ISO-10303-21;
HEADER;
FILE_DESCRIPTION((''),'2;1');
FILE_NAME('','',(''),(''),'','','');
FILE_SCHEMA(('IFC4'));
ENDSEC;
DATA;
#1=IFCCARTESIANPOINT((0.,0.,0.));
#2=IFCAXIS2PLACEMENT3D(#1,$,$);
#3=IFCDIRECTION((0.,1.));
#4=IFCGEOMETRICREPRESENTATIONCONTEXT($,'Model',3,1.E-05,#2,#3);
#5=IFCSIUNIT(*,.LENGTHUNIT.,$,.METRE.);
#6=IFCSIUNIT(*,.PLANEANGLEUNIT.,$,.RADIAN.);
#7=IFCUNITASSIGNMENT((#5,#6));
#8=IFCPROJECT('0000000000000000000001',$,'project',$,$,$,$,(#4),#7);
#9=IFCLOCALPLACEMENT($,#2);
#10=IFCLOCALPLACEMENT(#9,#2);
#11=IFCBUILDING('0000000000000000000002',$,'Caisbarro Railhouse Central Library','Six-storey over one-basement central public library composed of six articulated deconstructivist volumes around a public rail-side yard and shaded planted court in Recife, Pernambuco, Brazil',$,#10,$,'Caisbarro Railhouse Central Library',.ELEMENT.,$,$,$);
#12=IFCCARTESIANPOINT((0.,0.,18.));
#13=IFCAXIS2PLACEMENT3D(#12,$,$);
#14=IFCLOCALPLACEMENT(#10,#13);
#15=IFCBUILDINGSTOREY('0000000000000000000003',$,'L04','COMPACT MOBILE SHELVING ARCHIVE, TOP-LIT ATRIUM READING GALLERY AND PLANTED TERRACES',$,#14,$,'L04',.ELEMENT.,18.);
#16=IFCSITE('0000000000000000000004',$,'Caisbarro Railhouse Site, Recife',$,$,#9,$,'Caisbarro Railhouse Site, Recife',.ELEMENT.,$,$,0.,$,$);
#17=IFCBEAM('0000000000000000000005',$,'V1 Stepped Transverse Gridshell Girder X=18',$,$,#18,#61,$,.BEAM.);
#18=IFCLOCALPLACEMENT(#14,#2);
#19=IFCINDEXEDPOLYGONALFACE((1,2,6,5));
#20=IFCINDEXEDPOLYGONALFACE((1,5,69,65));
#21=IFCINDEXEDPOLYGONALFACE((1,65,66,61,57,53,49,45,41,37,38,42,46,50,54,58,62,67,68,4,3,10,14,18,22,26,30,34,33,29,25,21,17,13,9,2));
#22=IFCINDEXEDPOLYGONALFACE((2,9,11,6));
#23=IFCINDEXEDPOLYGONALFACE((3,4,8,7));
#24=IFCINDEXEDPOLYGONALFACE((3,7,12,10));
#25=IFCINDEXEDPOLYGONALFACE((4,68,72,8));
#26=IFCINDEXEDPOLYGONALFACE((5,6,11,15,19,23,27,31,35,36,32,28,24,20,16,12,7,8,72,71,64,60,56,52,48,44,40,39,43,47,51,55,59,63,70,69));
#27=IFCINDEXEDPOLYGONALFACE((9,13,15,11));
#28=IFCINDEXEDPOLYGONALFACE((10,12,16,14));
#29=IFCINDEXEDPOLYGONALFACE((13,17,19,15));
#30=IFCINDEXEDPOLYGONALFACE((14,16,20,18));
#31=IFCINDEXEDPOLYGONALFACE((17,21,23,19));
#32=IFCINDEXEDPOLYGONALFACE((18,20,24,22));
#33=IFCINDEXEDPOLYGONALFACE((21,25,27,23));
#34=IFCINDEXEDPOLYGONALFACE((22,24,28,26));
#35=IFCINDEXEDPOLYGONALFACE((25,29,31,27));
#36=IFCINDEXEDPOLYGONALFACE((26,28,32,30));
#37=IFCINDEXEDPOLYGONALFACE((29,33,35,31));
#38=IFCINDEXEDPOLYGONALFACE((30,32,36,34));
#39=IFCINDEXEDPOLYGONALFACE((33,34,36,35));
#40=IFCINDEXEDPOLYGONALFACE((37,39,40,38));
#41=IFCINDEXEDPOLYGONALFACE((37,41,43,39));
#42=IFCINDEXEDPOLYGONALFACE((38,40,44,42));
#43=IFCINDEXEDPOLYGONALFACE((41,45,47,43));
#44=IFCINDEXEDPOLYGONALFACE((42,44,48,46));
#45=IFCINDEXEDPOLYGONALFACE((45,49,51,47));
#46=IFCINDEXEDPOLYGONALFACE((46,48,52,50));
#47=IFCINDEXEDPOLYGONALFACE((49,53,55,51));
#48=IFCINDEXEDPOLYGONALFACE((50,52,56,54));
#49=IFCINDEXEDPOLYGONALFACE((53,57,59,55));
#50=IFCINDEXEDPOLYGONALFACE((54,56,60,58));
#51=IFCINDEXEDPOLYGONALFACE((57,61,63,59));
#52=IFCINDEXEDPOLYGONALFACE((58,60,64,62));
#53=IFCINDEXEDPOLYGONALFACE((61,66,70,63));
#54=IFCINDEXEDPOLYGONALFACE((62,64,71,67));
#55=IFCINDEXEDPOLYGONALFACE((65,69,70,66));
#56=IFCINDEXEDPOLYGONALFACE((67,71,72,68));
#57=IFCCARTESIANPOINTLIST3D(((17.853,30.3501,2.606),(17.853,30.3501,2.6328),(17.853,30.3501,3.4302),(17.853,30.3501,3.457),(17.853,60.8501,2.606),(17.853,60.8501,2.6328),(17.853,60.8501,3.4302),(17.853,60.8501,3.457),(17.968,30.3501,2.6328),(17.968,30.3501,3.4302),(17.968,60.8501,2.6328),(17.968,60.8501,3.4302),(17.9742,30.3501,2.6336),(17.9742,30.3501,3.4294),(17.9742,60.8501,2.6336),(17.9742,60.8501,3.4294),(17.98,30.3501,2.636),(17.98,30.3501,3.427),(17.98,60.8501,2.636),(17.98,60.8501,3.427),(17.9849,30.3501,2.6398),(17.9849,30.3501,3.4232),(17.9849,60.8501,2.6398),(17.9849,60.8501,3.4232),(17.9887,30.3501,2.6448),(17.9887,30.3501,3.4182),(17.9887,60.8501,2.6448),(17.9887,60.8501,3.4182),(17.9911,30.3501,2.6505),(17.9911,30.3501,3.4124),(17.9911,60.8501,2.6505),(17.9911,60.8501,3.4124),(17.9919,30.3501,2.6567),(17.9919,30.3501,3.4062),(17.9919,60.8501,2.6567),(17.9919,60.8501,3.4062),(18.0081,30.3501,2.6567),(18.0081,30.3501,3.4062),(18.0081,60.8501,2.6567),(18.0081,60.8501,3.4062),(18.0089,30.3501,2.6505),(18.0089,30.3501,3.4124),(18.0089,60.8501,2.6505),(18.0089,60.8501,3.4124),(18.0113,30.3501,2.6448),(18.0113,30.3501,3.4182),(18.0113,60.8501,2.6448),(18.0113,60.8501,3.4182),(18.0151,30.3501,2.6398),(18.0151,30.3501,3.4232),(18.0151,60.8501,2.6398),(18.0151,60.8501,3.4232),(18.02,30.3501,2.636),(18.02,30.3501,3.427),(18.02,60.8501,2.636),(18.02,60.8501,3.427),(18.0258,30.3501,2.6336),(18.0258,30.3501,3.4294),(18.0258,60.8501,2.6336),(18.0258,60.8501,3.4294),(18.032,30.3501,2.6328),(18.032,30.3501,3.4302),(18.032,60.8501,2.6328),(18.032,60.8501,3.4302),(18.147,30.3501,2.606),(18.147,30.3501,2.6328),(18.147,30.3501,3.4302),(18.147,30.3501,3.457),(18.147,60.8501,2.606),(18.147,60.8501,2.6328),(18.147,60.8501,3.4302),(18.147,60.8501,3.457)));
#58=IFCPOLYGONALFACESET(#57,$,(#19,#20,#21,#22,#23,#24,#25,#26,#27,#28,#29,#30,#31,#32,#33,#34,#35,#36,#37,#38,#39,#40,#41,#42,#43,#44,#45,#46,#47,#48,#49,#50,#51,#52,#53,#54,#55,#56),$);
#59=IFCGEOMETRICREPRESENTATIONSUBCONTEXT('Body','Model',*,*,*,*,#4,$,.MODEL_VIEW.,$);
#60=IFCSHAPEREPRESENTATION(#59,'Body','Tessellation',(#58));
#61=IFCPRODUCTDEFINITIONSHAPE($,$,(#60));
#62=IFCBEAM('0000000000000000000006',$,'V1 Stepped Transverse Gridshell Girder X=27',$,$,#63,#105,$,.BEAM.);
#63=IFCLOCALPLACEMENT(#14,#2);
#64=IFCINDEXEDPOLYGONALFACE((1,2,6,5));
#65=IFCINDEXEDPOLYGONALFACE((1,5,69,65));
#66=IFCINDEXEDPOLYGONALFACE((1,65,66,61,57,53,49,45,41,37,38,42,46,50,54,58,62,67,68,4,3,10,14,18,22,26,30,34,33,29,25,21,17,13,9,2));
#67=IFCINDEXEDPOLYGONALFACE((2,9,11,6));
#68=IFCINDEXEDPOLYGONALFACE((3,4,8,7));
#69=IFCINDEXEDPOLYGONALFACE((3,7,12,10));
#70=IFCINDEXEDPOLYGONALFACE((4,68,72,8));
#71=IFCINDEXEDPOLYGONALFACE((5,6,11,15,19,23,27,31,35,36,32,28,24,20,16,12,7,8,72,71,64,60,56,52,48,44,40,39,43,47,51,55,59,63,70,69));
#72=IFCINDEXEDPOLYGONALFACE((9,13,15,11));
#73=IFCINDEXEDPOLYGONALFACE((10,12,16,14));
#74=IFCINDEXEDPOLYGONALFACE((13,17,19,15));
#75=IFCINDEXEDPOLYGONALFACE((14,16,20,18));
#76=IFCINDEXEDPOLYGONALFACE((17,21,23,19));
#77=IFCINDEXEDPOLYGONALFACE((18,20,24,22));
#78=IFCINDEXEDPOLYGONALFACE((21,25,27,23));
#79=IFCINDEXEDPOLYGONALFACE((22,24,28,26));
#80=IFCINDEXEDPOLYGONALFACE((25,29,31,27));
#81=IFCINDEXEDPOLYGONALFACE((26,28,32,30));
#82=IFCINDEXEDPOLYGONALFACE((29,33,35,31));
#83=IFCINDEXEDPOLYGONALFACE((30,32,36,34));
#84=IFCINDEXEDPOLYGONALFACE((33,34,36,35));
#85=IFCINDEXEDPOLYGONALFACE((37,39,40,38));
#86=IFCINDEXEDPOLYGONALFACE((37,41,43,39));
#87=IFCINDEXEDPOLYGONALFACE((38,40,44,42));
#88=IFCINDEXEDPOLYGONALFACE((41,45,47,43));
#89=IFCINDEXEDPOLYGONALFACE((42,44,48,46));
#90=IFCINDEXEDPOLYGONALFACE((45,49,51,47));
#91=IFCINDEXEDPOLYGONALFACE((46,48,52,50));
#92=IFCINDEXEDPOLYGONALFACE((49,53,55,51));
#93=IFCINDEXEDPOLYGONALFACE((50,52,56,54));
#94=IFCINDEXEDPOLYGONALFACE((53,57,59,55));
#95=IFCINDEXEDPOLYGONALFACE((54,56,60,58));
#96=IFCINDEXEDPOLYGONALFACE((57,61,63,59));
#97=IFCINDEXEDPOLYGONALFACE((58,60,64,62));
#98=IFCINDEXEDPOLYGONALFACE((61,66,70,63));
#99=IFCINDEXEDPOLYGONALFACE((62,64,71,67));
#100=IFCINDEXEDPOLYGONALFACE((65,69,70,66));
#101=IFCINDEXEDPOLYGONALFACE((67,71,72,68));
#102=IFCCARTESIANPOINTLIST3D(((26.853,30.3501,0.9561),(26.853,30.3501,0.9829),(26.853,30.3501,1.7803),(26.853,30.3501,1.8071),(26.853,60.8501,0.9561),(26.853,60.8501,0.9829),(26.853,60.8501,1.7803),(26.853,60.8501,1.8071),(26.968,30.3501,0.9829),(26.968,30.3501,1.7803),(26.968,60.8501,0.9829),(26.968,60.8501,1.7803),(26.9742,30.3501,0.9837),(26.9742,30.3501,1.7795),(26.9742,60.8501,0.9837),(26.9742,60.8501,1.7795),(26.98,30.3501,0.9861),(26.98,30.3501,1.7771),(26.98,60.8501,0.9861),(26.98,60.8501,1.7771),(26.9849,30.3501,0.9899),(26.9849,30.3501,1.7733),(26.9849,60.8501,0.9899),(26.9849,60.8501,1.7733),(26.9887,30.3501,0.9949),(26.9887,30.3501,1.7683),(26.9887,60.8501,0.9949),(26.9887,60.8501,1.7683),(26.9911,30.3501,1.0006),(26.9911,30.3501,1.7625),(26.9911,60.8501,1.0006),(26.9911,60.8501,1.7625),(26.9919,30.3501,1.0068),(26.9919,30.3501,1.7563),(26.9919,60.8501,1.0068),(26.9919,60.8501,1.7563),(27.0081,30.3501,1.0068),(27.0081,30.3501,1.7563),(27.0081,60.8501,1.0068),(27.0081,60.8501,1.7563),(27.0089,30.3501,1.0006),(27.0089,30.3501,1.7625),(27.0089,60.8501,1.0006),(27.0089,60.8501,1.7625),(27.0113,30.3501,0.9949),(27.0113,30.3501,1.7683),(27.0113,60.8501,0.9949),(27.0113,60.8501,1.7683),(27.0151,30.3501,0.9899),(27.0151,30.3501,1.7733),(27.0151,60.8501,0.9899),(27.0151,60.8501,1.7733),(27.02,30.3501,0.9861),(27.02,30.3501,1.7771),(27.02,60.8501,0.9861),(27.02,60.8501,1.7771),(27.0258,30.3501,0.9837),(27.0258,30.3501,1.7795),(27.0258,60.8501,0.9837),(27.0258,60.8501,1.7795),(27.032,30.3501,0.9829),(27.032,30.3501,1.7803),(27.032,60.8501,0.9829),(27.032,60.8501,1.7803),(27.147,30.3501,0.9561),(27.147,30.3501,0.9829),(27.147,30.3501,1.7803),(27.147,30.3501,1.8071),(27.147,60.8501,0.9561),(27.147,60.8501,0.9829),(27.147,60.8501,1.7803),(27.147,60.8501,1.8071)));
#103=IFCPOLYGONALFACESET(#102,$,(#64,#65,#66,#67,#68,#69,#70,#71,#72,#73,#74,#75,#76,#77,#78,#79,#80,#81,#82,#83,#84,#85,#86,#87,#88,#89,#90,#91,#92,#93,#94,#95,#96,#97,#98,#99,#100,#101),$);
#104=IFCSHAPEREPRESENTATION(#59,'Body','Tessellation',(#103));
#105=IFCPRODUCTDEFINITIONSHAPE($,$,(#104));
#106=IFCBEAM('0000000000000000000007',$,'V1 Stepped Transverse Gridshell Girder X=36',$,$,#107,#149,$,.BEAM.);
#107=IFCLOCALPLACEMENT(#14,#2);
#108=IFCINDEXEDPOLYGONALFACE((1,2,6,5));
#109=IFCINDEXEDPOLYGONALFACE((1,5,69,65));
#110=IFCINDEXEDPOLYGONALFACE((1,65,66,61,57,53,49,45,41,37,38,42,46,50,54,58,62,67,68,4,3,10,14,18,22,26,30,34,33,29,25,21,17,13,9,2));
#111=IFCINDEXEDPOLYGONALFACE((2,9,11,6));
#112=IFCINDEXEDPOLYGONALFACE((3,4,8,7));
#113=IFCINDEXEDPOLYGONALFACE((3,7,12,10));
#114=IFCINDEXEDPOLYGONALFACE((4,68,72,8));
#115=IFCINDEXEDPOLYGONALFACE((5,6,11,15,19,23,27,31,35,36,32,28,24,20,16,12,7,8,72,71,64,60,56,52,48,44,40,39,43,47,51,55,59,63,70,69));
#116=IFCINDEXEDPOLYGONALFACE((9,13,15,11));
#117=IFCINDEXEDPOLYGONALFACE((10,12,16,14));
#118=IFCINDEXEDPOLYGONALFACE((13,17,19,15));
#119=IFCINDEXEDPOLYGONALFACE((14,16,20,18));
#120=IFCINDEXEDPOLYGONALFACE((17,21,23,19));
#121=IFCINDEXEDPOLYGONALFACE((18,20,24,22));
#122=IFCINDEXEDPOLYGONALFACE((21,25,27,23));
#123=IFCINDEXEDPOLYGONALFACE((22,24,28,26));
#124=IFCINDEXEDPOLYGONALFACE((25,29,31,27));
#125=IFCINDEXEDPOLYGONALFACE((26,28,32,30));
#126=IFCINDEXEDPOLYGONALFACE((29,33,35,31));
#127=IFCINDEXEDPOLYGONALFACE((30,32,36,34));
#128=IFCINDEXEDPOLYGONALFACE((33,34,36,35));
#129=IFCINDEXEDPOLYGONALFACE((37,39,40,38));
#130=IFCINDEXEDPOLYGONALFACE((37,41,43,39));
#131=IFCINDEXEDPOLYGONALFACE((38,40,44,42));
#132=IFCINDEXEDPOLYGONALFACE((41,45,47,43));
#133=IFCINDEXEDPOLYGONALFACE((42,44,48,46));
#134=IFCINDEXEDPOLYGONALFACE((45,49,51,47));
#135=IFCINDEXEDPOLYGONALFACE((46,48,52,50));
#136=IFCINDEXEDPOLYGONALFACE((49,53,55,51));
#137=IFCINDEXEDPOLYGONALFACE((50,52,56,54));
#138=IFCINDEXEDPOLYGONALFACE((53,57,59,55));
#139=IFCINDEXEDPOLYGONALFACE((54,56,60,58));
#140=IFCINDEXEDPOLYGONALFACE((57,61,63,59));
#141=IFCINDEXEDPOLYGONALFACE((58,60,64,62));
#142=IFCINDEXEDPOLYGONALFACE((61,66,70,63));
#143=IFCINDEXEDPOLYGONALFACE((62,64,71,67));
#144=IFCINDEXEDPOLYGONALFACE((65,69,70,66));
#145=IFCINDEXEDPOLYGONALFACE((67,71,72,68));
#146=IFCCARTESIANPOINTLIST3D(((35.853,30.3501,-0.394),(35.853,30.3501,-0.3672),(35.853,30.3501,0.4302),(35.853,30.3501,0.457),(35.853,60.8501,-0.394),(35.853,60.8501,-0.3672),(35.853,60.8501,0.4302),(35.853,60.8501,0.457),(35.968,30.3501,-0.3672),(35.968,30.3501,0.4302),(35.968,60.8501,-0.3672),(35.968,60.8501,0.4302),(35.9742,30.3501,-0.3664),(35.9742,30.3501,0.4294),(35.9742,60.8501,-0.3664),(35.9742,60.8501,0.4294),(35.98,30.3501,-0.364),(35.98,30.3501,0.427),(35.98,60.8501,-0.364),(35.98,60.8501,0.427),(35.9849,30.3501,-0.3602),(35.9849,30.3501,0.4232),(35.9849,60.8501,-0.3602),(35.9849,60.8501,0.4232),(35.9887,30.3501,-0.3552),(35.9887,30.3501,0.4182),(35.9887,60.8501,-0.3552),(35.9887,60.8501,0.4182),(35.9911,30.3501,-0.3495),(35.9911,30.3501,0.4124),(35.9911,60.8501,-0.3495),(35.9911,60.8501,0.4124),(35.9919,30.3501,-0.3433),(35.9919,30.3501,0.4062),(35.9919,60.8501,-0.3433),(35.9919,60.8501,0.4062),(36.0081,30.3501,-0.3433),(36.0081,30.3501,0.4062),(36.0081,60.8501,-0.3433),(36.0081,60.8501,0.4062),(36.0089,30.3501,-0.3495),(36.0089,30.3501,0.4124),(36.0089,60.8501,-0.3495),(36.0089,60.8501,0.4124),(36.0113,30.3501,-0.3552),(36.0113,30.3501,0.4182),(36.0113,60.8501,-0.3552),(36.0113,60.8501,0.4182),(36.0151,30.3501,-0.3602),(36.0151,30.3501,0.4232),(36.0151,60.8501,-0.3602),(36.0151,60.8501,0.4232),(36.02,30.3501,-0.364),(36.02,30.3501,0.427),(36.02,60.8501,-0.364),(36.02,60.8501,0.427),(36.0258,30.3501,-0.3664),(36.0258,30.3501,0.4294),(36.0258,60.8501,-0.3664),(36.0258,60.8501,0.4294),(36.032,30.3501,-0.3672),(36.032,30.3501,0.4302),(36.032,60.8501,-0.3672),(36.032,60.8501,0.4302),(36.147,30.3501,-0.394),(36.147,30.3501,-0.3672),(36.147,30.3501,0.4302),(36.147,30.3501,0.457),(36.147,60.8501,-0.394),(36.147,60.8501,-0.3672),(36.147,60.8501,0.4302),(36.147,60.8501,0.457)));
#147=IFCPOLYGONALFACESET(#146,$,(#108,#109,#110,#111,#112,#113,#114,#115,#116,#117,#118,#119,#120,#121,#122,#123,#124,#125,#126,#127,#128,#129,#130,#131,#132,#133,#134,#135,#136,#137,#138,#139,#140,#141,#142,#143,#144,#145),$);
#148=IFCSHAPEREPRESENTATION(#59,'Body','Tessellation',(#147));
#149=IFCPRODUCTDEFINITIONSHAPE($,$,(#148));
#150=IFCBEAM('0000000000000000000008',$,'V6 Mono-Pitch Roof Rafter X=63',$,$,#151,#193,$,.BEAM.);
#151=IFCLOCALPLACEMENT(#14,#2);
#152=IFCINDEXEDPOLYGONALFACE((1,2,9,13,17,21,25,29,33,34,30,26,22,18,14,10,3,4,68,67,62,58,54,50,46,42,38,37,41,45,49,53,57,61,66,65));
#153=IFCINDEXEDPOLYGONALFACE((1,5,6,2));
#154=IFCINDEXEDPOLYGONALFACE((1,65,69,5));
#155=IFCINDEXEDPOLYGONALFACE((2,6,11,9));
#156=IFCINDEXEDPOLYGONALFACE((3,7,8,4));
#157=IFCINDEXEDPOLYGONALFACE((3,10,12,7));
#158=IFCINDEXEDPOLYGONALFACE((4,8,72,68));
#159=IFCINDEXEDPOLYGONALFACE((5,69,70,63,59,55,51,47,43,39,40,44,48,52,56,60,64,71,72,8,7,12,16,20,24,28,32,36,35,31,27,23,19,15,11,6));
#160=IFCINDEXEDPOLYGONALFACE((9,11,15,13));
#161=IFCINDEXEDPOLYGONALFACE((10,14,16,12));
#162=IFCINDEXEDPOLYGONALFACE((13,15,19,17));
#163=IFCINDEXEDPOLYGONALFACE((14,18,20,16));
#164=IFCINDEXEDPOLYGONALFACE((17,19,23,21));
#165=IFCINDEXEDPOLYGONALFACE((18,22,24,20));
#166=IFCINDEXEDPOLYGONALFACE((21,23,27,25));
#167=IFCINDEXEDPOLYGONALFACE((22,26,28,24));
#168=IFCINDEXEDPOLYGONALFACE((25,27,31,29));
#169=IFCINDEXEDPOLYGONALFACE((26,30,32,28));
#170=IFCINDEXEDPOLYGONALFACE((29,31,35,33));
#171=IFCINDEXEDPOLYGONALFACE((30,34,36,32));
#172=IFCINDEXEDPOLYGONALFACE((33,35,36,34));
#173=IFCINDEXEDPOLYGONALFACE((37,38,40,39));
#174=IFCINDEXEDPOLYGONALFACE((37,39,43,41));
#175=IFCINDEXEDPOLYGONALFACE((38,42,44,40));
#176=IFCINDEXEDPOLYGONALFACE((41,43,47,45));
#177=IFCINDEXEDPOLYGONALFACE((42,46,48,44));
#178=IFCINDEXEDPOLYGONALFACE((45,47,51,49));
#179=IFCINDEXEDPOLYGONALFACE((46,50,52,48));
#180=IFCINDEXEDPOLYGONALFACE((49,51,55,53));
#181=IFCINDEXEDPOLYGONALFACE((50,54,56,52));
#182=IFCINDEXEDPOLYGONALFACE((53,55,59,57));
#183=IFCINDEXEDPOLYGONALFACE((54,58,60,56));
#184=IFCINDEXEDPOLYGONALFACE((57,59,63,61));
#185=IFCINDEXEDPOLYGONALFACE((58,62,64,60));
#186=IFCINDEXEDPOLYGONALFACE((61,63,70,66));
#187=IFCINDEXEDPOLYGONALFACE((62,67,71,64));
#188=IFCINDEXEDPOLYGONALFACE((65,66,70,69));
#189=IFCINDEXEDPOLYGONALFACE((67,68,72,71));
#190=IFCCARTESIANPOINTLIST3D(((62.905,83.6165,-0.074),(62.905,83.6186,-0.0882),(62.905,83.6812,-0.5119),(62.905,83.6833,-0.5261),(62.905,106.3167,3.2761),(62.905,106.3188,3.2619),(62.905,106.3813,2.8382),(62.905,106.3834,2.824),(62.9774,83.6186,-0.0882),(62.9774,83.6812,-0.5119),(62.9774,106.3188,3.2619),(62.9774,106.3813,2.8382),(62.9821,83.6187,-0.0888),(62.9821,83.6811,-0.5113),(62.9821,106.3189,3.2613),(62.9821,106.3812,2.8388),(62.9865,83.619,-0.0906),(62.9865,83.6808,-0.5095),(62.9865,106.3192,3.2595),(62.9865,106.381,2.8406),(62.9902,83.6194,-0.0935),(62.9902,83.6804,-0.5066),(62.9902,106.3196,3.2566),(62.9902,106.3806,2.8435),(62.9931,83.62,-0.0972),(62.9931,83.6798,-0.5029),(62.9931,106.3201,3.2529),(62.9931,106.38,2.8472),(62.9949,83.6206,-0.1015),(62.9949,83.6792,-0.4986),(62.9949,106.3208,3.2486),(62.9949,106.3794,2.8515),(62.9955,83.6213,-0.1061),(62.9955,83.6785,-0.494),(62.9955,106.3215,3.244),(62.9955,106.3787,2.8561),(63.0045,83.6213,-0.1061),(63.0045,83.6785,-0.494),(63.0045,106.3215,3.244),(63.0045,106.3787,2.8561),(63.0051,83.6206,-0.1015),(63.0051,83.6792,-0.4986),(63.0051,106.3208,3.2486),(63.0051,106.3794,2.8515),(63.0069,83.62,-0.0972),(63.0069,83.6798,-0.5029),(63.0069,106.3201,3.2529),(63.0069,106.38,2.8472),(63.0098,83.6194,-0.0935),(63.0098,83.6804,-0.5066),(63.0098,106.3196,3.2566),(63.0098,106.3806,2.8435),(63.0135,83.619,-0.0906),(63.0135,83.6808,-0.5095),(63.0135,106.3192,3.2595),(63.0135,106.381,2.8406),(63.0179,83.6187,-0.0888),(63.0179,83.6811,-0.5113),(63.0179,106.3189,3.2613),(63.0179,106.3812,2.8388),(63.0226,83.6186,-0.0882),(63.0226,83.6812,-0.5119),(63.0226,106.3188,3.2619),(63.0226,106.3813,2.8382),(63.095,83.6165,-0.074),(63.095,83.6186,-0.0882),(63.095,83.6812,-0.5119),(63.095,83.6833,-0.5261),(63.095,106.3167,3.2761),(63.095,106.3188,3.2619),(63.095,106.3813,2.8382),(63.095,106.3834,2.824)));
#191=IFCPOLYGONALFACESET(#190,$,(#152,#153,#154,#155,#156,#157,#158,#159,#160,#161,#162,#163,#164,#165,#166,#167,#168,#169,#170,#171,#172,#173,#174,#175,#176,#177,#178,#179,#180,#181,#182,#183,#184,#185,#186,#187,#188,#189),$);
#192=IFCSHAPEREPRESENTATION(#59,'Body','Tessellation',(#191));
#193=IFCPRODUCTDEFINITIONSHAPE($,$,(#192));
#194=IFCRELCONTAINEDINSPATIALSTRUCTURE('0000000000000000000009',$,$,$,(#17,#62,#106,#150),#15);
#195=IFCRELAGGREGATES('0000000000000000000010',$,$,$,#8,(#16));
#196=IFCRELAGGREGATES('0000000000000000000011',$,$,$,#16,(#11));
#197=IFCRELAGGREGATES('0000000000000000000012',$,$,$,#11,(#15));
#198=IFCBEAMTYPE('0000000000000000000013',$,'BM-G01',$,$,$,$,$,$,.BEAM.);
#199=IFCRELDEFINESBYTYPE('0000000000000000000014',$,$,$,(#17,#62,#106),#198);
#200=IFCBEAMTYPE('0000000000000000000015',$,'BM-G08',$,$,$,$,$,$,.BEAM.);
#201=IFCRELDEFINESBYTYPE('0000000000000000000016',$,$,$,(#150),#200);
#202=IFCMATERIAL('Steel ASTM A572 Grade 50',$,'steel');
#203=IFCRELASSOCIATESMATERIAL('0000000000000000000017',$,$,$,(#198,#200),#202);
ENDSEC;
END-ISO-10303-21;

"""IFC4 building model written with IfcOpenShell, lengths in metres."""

from ifc_helpers import new_model, si_unit, direction, frame, origin, origin_2d, place, context, subcontext, project, spatial, i_section, extrude, material, material_profile, profile_set, type_object, element, save


model = new_model("IFC4")

# Units and contexts
model_context = context("Model", 3, precision=1e-05, world=origin(), true_north=direction((0.0, 1.0)))
body_context = subcontext(model_context, "Body", "Model", "MODEL_VIEW")
ifc_project = project(units=[si_unit("LENGTHUNIT", "METRE"), si_unit("PLANEANGLEUNIT", "RADIAN")], contexts=[model_context])

# Site, building, storey
site_placement = place(None, origin())
site = spatial("IfcSite", under=ifc_project, at=site_placement, Name="Caisbarro Railhouse Site, Recife", LongName="Caisbarro Railhouse Site, Recife", CompositionType="ELEMENT", RefElevation=0.0)
building_placement = place(site_placement, origin())
building = spatial("IfcBuilding", under=site, at=building_placement, Name="Caisbarro Railhouse Central Library", Description="Six-storey over one-basement central public library composed of six articulated deconstructivist volumes around a public rail-side yard and shaded planted court in Recife, Pernambuco, Brazil", LongName="Caisbarro Railhouse Central Library", CompositionType="ELEMENT")
storey_placement = place(building_placement, frame((0.0, 0.0, 18.0)))
storey = spatial("IfcBuildingStorey", under=building, at=storey_placement, Name="L04", Description="COMPACT MOBILE SHELVING ARCHIVE, TOP-LIT ATRIUM READING GALLERY AND PLANTED TERRACES", LongName="L04", CompositionType="ELEMENT", Elevation=18.0)

# Beams
ifc_material_1 = material(Name="Steel ASTM A572 Grade 50", Category="steel")
ifc_material_profile_1 = material_profile(ifc_material_1, i_section(OverallWidth=0.2939, OverallDepth=0.8511, WebThickness=0.0161, FlangeThickness=0.0269, FilletRadius=0.0239, at=origin_2d()), Name="W840X226.0")
ifc_profile_set_1 = profile_set([ifc_material_profile_1], Name="Steel ASTM A572 Grade 50")
beam_type_1 = type_object("IfcBeamType", Name="BM-G01", PredefinedType="BEAM", material=ifc_profile_set_1)
for number, where, z_axis, x_axis, name in (
    (1, (18.0, 30.3501, 3.0315), (0.0, 1.0, 0.0), (-1.0, 0.0, 0.0), "V1 Stepped Transverse Gridshell Girder X=18"),
    (2, (27.0, 30.3501, 1.3816), (0.0, 1.0, 0.0), (-1.0, 0.0, 0.0), "V1 Stepped Transverse Gridshell Girder X=27"),
    (3, (36.0, 30.3501, 0.0315), (0.0, 1.0, 0.0), (-1.0, 0.0, 0.0), "V1 Stepped Transverse Gridshell Girder X=36"),
):
    element("IfcBeam", number, at=place(storey_placement, frame(where, z_axis=z_axis, x_axis=x_axis)), inside=storey, type_object=beam_type_1, Name=name, PredefinedType="BEAM", context=body_context, shape_type="SweptSolid", body=[
        extrude(i_section(OverallWidth=0.2939, OverallDepth=0.8511, WebThickness=0.0161, FlangeThickness=0.0269, FilletRadius=0.0239, at=origin_2d()), origin(), (0.0, 0.0, 1.0), 30.5),
    ])
ifc_material_profile_2 = material_profile(ifc_material_1, i_section(OverallWidth=0.1899, OverallDepth=0.457, WebThickness=0.009, FlangeThickness=0.0144, FilletRadius=0.0181, at=origin_2d()), Name="W460X74.0")
ifc_profile_set_2 = profile_set([ifc_material_profile_2], Name="Steel ASTM A572 Grade 50")
beam_type_2 = type_object("IfcBeamType", Name="BM-G08", PredefinedType="BEAM", material=ifc_profile_set_2)
beam_placement = place(storey_placement, frame((63.0, 83.6499, -0.3), z_axis=(0.0, 0.989285, 0.145999), x_axis=(-1.0, 0.0, 0.0)))
element("IfcBeam", 4, at=beam_placement, inside=storey, type_object=beam_type_2, Name="V6 Mono-Pitch Roof Rafter X=63", PredefinedType="BEAM", context=body_context, shape_type="SweptSolid", body=[
    extrude(i_section(OverallWidth=0.1899, OverallDepth=0.457, WebThickness=0.009, FlangeThickness=0.0144, FilletRadius=0.0181, at=origin_2d()), origin(), (0.0, 0.0, 1.0), 22.946),
])

save(model, "model.ifc")
